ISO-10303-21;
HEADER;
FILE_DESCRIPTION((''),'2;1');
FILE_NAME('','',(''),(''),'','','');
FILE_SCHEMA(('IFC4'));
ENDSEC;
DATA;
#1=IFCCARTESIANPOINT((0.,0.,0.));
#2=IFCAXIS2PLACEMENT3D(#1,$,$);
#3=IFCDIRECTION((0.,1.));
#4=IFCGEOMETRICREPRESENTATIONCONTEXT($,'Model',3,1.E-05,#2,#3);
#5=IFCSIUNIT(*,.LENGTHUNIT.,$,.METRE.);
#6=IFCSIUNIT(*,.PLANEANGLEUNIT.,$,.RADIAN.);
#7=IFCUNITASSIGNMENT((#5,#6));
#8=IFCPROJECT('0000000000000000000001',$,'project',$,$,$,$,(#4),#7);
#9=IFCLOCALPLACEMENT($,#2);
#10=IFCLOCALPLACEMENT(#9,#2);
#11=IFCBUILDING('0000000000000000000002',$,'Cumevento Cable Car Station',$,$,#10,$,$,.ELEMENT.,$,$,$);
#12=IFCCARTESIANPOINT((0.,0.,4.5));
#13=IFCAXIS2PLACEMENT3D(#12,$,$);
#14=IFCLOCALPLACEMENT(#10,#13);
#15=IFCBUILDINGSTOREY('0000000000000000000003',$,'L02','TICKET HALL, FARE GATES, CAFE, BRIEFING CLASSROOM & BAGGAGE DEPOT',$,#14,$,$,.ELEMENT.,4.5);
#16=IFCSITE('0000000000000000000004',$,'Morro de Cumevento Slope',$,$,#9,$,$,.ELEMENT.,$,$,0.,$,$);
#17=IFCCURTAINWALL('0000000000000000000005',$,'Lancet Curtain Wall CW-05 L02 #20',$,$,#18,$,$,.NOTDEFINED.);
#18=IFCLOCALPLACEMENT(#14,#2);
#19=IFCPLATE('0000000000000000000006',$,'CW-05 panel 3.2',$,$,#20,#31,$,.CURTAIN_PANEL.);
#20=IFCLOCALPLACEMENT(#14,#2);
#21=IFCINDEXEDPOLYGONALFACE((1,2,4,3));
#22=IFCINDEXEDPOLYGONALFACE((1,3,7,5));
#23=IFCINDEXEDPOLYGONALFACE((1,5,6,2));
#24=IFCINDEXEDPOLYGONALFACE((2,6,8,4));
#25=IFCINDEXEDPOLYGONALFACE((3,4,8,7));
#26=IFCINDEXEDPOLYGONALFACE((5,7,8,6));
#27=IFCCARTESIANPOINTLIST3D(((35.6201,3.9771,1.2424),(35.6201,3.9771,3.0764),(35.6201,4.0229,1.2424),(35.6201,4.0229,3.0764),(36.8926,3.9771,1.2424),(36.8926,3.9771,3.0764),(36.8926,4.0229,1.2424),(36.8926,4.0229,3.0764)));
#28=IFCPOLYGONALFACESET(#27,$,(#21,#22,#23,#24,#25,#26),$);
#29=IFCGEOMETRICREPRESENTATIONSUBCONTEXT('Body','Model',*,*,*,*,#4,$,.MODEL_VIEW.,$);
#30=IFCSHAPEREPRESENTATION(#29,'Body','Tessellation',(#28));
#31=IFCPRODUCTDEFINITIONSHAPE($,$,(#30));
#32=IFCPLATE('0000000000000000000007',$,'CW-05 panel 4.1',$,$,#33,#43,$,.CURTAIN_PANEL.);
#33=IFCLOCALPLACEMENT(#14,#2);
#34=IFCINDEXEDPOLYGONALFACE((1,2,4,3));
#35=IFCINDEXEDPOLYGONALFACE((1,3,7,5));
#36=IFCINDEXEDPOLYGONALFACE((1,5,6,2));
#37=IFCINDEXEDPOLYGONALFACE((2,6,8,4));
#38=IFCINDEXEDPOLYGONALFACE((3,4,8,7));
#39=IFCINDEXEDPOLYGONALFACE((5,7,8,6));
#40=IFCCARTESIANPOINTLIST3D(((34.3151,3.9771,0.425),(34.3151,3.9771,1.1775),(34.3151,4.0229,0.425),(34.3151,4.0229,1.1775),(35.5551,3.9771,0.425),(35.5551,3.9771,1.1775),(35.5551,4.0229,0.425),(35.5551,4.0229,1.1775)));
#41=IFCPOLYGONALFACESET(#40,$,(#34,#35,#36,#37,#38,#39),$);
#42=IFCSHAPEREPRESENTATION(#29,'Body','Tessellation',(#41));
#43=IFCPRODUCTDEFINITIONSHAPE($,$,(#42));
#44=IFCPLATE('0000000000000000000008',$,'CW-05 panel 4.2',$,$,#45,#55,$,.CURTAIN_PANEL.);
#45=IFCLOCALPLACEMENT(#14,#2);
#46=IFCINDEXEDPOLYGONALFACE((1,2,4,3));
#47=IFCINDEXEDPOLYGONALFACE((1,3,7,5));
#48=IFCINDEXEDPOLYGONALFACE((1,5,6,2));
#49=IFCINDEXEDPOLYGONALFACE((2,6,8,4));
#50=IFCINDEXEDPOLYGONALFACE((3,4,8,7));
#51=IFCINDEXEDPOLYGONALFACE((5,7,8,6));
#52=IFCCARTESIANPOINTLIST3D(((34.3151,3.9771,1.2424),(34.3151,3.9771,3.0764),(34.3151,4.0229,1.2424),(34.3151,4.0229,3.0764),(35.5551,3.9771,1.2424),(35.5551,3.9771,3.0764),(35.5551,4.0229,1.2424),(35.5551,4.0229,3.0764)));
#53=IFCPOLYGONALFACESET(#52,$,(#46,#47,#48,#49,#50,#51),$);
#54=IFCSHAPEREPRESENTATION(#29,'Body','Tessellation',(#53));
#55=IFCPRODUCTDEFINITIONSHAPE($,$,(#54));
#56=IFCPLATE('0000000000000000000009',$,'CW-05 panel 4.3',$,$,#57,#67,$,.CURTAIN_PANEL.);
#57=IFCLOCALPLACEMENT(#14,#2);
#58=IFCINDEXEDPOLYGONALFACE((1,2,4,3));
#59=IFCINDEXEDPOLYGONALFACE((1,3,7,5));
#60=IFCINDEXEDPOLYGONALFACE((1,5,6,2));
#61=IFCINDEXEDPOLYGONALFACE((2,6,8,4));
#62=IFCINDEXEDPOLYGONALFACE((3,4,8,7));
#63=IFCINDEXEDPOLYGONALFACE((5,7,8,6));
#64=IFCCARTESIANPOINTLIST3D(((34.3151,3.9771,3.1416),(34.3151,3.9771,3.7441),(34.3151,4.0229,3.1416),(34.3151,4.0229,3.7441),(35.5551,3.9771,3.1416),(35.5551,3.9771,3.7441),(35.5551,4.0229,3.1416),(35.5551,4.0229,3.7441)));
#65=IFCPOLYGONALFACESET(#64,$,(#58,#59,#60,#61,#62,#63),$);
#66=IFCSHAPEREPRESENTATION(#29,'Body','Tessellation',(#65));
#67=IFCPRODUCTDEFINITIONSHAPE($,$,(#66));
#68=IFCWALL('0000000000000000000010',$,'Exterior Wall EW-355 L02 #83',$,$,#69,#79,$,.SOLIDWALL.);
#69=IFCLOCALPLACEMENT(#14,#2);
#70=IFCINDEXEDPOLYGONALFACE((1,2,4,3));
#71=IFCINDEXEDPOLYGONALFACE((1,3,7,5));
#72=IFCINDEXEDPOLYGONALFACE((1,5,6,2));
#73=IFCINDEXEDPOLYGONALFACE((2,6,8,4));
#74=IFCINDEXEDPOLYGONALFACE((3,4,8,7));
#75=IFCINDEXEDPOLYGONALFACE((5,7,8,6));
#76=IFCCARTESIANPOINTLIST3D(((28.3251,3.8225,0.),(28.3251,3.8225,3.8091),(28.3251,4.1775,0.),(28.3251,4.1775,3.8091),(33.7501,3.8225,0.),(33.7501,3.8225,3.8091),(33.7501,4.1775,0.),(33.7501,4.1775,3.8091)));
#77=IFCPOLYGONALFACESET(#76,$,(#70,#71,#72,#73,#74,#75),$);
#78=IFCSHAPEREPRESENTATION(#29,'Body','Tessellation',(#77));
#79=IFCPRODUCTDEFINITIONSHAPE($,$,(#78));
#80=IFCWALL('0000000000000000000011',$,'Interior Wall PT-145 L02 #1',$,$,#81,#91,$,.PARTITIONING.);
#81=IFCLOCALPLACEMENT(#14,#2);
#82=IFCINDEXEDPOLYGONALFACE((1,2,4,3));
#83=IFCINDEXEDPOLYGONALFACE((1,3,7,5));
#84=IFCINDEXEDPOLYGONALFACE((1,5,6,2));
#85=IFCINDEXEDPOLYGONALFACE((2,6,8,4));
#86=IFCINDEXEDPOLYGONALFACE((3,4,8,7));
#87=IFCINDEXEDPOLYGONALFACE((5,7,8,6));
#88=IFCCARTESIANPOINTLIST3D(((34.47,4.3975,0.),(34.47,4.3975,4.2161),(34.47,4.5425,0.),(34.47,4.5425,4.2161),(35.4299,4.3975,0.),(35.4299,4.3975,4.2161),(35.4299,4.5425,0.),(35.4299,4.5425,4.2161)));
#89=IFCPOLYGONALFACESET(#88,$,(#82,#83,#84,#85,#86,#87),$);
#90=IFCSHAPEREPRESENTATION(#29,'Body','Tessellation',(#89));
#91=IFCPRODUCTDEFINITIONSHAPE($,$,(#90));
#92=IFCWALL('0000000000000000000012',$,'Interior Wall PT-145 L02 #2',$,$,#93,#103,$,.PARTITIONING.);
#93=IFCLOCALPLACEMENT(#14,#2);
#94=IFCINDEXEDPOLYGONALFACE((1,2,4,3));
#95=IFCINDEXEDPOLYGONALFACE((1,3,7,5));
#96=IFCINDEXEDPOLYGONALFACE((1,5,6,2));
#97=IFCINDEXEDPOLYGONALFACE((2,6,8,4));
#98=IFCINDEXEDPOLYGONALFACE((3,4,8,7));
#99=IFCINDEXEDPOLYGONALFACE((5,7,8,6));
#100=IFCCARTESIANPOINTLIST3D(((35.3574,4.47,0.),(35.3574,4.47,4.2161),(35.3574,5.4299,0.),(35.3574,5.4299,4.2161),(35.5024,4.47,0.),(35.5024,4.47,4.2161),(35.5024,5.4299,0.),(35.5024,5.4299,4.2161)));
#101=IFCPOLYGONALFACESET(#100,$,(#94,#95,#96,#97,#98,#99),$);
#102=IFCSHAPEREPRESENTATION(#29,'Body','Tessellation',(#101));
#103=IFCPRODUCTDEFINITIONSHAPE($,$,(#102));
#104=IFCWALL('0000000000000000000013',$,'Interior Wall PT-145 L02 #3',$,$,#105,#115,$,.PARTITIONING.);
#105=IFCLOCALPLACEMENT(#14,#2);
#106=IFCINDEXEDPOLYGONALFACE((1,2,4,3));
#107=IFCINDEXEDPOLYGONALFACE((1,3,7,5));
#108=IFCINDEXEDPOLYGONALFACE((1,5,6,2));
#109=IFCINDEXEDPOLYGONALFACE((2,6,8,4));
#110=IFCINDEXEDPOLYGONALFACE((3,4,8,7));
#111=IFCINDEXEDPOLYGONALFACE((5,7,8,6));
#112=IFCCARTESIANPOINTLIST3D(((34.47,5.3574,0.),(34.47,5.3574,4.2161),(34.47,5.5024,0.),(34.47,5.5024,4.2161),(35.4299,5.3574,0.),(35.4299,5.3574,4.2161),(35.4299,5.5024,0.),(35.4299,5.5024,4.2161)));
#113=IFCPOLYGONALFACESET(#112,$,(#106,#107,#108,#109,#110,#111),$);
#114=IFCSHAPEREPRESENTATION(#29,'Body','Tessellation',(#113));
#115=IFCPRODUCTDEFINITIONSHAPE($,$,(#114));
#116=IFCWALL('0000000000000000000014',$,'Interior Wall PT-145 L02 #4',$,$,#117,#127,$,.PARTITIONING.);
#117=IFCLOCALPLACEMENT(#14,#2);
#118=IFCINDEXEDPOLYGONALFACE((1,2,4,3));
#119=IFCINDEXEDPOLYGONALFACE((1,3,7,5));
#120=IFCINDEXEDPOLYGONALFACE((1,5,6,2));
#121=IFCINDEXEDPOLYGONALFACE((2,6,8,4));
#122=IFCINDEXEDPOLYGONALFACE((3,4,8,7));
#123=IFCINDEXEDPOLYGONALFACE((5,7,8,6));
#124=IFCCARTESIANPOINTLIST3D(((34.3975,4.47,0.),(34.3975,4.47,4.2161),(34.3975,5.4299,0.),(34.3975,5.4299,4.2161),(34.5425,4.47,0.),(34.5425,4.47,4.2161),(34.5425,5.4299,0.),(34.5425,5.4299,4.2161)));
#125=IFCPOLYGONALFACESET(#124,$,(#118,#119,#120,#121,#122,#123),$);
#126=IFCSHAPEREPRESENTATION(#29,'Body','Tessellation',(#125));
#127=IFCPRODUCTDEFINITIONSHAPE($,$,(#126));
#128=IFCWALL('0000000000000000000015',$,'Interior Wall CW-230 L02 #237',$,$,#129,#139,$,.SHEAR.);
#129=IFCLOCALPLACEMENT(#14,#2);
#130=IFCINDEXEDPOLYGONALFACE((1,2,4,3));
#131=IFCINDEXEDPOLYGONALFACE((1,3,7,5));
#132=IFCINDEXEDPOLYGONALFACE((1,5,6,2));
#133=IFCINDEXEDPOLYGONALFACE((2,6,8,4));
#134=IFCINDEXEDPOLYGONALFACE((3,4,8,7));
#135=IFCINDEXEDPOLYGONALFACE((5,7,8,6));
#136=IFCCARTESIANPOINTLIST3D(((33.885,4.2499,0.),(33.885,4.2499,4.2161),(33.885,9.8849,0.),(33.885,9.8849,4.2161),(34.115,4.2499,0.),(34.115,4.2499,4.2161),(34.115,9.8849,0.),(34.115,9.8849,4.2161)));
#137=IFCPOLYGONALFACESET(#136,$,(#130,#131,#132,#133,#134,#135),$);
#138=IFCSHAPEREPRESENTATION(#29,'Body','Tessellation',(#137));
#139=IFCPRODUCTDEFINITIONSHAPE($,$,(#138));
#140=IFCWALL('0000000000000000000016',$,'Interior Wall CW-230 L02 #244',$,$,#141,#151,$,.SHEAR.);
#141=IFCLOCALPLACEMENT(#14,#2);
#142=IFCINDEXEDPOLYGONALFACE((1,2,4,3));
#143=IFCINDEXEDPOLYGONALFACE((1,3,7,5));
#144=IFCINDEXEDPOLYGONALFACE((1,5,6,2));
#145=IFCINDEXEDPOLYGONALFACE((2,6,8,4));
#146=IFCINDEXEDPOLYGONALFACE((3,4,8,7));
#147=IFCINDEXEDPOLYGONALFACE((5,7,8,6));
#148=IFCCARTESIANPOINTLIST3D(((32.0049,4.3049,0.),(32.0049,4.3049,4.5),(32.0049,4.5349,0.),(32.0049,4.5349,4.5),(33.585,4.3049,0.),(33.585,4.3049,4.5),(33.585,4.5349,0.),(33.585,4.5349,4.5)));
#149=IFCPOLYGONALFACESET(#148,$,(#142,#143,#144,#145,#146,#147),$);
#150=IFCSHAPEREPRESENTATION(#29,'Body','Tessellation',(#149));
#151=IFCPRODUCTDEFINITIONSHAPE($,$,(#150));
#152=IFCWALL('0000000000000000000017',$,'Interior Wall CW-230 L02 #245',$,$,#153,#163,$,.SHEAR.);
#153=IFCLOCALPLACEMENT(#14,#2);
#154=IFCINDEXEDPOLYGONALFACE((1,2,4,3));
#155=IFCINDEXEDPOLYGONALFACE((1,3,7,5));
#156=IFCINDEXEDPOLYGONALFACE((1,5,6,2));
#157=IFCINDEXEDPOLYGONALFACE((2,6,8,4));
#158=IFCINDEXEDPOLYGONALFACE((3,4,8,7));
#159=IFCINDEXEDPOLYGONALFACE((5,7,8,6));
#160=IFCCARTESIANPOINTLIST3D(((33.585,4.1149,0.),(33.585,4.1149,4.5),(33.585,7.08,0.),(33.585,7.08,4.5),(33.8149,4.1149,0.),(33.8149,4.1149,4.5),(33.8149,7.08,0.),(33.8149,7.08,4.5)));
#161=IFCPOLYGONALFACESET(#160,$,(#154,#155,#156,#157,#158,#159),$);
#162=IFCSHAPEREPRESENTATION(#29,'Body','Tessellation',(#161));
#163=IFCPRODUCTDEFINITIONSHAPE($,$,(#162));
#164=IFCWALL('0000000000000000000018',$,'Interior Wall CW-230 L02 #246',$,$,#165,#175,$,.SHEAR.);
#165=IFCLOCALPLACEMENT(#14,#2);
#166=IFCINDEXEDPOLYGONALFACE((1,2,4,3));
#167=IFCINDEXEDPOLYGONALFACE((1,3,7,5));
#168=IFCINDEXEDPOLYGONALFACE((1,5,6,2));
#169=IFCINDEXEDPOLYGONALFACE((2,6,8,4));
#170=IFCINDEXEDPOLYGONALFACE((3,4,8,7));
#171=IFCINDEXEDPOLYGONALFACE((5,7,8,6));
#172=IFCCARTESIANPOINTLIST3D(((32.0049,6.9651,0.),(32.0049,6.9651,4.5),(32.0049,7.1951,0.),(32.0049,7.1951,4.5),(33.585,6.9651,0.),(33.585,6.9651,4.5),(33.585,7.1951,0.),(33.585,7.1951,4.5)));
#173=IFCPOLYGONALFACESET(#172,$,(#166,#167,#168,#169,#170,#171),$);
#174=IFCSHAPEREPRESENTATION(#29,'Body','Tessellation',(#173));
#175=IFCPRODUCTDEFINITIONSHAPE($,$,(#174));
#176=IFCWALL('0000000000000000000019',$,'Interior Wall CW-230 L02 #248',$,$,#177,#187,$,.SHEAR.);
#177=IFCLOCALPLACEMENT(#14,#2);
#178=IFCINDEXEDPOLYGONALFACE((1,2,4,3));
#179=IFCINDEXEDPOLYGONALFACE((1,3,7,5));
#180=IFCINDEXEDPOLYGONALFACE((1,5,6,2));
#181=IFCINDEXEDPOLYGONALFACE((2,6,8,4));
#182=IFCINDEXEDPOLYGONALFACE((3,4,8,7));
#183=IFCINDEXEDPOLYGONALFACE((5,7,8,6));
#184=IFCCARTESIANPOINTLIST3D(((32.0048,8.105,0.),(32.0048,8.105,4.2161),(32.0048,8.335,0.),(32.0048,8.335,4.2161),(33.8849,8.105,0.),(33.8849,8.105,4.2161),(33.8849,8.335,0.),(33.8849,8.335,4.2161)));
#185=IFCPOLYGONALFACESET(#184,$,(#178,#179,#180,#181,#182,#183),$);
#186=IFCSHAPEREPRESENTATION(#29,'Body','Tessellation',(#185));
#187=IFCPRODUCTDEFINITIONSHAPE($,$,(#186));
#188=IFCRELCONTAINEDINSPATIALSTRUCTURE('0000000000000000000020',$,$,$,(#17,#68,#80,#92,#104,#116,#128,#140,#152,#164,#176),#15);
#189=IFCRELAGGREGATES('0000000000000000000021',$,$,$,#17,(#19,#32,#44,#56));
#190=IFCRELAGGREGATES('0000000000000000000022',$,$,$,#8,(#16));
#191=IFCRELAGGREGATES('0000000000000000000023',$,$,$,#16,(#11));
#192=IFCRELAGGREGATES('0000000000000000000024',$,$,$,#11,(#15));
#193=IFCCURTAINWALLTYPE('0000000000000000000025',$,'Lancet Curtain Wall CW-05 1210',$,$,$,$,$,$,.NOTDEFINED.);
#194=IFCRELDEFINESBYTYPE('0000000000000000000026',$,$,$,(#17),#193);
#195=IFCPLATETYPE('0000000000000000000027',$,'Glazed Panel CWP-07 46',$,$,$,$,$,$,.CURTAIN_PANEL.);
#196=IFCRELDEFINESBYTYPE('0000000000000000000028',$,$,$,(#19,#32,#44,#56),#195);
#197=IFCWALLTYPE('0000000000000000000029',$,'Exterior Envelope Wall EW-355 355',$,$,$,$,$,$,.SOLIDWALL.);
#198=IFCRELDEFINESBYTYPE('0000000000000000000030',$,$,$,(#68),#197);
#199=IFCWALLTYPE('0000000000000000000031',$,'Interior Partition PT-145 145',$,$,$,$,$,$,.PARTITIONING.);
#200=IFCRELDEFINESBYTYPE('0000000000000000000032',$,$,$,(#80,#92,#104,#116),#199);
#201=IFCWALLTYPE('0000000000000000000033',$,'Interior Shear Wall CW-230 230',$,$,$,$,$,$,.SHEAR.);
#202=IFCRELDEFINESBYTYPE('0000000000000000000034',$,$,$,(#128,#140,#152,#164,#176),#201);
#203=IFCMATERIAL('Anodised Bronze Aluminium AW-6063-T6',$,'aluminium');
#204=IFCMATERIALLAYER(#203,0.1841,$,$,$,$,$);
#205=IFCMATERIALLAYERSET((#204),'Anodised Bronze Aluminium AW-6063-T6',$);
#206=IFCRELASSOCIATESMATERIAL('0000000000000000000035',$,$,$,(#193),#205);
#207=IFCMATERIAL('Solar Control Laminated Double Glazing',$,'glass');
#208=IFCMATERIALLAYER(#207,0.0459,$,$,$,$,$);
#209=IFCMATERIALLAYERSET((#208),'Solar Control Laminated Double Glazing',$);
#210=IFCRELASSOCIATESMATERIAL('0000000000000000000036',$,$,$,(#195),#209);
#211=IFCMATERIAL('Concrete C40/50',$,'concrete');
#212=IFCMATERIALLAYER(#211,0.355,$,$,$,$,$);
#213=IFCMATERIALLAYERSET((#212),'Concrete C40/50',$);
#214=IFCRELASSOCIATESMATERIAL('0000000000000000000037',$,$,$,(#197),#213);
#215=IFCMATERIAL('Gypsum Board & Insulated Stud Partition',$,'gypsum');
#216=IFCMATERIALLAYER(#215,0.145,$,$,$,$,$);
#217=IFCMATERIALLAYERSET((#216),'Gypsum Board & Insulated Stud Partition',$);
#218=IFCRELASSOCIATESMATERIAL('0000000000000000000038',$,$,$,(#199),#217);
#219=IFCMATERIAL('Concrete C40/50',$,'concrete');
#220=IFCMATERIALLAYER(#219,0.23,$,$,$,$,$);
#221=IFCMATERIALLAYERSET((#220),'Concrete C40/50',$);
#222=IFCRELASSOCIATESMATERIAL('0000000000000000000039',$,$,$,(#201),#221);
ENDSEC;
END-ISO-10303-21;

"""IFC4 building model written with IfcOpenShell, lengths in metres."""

from ifc_helpers import new_model, si_unit, direction, frame, frame_2d, origin, origin_2d, place, context, subcontext, project, spatial, rectangle, extrude, material, layer, layer_set, type_object, element, aggregate, save


model = new_model("IFC4")

# Units and contexts
model_context = context("Model", 3, precision=1e-05, world=origin(), true_north=direction((0.0, 1.0)))
body_context = subcontext(model_context, "Body", "Model", "MODEL_VIEW")
ifc_project = project(units=[si_unit("LENGTHUNIT", "METRE"), si_unit("PLANEANGLEUNIT", "RADIAN")], contexts=[model_context])

# Site, building, storey
site_placement = place(None, origin())
site = spatial("IfcSite", under=ifc_project, at=site_placement, Name="Morro de Cumevento Slope", CompositionType="ELEMENT", RefElevation=0.0)
building_placement = place(site_placement, origin())
building = spatial("IfcBuilding", under=site, at=building_placement, Name="Cumevento Cable Car Station", CompositionType="ELEMENT")
storey_placement = place(building_placement, frame((0.0, 0.0, 4.5)))
storey = spatial("IfcBuildingStorey", under=building, at=storey_placement, Name="L02", Description="TICKET HALL, FARE GATES, CAFE, BRIEFING CLASSROOM & BAGGAGE DEPOT", CompositionType="ELEMENT", Elevation=4.5)

# Curtain wall
ifc_material_1 = material(Name="Anodised Bronze Aluminium AW-6063-T6", Category="aluminium")
ifc_layer_1 = layer(ifc_material_1, 0.1841)
ifc_layer_set_1 = layer_set([ifc_layer_1], Name="Anodised Bronze Aluminium AW-6063-T6")
curtain_wall_type = type_object("IfcCurtainWallType", Name="Lancet Curtain Wall CW-05 1210", PredefinedType="NOTDEFINED", material=ifc_layer_set_1)
curtain_wall_placement = place(storey_placement, origin())
curtain_wall = element("IfcCurtainWall", 1, at=curtain_wall_placement, inside=storey, type_object=curtain_wall_type, Name="Lancet Curtain Wall CW-05 L02 #20", PredefinedType="NOTDEFINED")

# Plates
ifc_material_2 = material(Name="Solar Control Laminated Double Glazing", Category="glass")
ifc_layer_2 = layer(ifc_material_2, 0.0459)
ifc_layer_set_2 = layer_set([ifc_layer_2], Name="Solar Control Laminated Double Glazing")
plate_type = type_object("IfcPlateType", Name="Glazed Panel CWP-07 46", PredefinedType="CURTAIN_PANEL", material=ifc_layer_set_2)
plate_1_placement = place(storey_placement, frame((36.2563, 4.0, 1.2424), z_axis=(0.0, 0.0, 1.0), x_axis=(-1.0, 0.0, 0.0)))
plate_1 = element("IfcPlate", 2, at=plate_1_placement, type_object=plate_type, Name="CW-05 panel 3.2", PredefinedType="CURTAIN_PANEL", context=body_context, shape_type="SweptSolid", body=[
    extrude(rectangle(XDim=1.2725, YDim=0.0459, at=origin_2d()), origin(), (0.0, 0.0, 1.0), 1.834),
])
plate_2_placement = place(storey_placement, frame((34.9351, 4.0, 0.425), z_axis=(0.0, 0.0, 1.0), x_axis=(-1.0, 0.0, 0.0)))
plate_2 = element("IfcPlate", 3, at=plate_2_placement, type_object=plate_type, Name="CW-05 panel 4.1", PredefinedType="CURTAIN_PANEL", context=body_context, shape_type="SweptSolid", body=[
    extrude(rectangle(XDim=1.24, YDim=0.0459, at=origin_2d()), origin(), (0.0, 0.0, 1.0), 0.7524),
])
plate_3_placement = place(storey_placement, frame((34.9351, 4.0, 1.2424), z_axis=(0.0, 0.0, 1.0), x_axis=(-1.0, 0.0, 0.0)))
plate_3 = element("IfcPlate", 4, at=plate_3_placement, type_object=plate_type, Name="CW-05 panel 4.2", PredefinedType="CURTAIN_PANEL", context=body_context, shape_type="SweptSolid", body=[
    extrude(rectangle(XDim=1.24, YDim=0.0459, at=origin_2d()), origin(), (0.0, 0.0, 1.0), 1.834),
])
plate_4_placement = place(storey_placement, frame((34.9351, 4.0, 3.1416), z_axis=(0.0, 0.0, 1.0), x_axis=(-1.0, 0.0, 0.0)))
plate_4 = element("IfcPlate", 5, at=plate_4_placement, type_object=plate_type, Name="CW-05 panel 4.3", PredefinedType="CURTAIN_PANEL", context=body_context, shape_type="SweptSolid", body=[
    extrude(rectangle(XDim=1.24, YDim=0.0459, at=origin_2d()), origin(), (0.0, 0.0, 1.0), 0.6025),
])
aggregate(curtain_wall, [plate_1, plate_2, plate_3, plate_4])

# Walls
ifc_material_3 = material(Name="Concrete C40/50", Category="concrete")
ifc_layer_3 = layer(ifc_material_3, 0.355)
ifc_layer_set_3 = layer_set([ifc_layer_3], Name="Concrete C40/50")
wall_type_1 = type_object("IfcWallType", Name="Exterior Envelope Wall EW-355 355", PredefinedType="SOLIDWALL", material=ifc_layer_set_3)
wall_1_placement = place(storey_placement, frame((33.75, 4.0, 0.0), z_axis=(0.0, 0.0, 1.0), x_axis=(-1.0, 0.0, 0.0)))
element("IfcWall", 6, at=wall_1_placement, inside=storey, type_object=wall_type_1, Name="Exterior Wall EW-355 L02 #83", PredefinedType="SOLIDWALL", context=body_context, shape_type="SweptSolid", body=[
    extrude(rectangle(XDim=5.425, YDim=0.355, at=frame_2d((2.7124, 0.0))), origin(), (0.0, 0.0, 1.0), 3.8091),
])
ifc_material_4 = material(Name="Gypsum Board & Insulated Stud Partition", Category="gypsum")
ifc_layer_4 = layer(ifc_material_4, 0.145)
ifc_layer_set_4 = layer_set([ifc_layer_4], Name="Gypsum Board & Insulated Stud Partition")
wall_type_2 = type_object("IfcWallType", Name="Interior Partition PT-145 145", PredefinedType="PARTITIONING", material=ifc_layer_set_4)
for number, where, z_axis, x_axis, name in (
    (7, (34.47, 4.47, 0.0), (0.0, 0.0, 1.0), (1.0, 0.0, 0.0), "Interior Wall PT-145 L02 #1"),
    (8, (35.4299, 4.47, 0.0), (0.0, 0.0, 1.0), (0.0, 1.0, 0.0), "Interior Wall PT-145 L02 #2"),
    (9, (35.4299, 5.4299, 0.0), (0.0, 0.0, 1.0), (-1.0, 0.0, 0.0), "Interior Wall PT-145 L02 #3"),
    (10, (34.47, 5.4299, 0.0), (0.0, 0.0, 1.0), (0.0, -1.0, 0.0), "Interior Wall PT-145 L02 #4"),
):
    element("IfcWall", number, at=place(storey_placement, frame(where, z_axis=z_axis, x_axis=x_axis)), inside=storey, type_object=wall_type_2, Name=name, PredefinedType="PARTITIONING", context=body_context, shape_type="SweptSolid", body=[
        extrude(rectangle(XDim=0.96, YDim=0.145, at=frame_2d((0.48, 0.0))), origin(), (0.0, 0.0, 1.0), 4.2161),
    ])
ifc_material_5 = material(Name="Concrete C40/50", Category="concrete")
ifc_layer_5 = layer(ifc_material_5, 0.23)
ifc_layer_set_5 = layer_set([ifc_layer_5], Name="Concrete C40/50")
wall_type_3 = type_object("IfcWallType", Name="Interior Shear Wall CW-230 230", PredefinedType="SHEAR", material=ifc_layer_set_5)
wall_2_placement = place(storey_placement, frame((34.0, 4.25, 0.0), z_axis=(0.0, 0.0, 1.0), x_axis=(0.0, 1.0, 0.0)))
element("IfcWall", 11, at=wall_2_placement, inside=storey, type_object=wall_type_3, Name="Interior Wall CW-230 L02 #237", PredefinedType="SHEAR", context=body_context, shape_type="SweptSolid", body=[
    extrude(rectangle(XDim=5.635, YDim=0.23, at=frame_2d((2.8174, 0.0))), origin(), (0.0, 0.0, 1.0), 4.2161),
])
wall_3_placement = place(storey_placement, frame((32.0049, 4.4199, 0.0), z_axis=(0.0, 0.0, 1.0), x_axis=(1.0, 0.0, 0.0)))
element("IfcWall", 12, at=wall_3_placement, inside=storey, type_object=wall_type_3, Name="Interior Wall CW-230 L02 #244", PredefinedType="SHEAR", context=body_context, shape_type="SweptSolid", body=[
    extrude(rectangle(XDim=1.5801, YDim=0.23, at=frame_2d((0.79, 0.0))), origin(), (0.0, 0.0, 1.0), 4.5),
])
wall_4_placement = place(storey_placement, frame((33.7, 4.115, 0.0), z_axis=(0.0, 0.0, 1.0), x_axis=(0.0, 1.0, 0.0)))
element("IfcWall", 13, at=wall_4_placement, inside=storey, type_object=wall_type_3, Name="Interior Wall CW-230 L02 #245", PredefinedType="SHEAR", context=body_context, shape_type="SweptSolid", body=[
    extrude(rectangle(XDim=2.9651, YDim=0.23, at=frame_2d((1.4824, 0.0))), origin(), (0.0, 0.0, 1.0), 4.5),
])
wall_5_placement = place(storey_placement, frame((32.0049, 7.0801, 0.0), z_axis=(0.0, 0.0, 1.0), x_axis=(1.0, 0.0, 0.0)))
element("IfcWall", 14, at=wall_5_placement, inside=storey, type_object=wall_type_3, Name="Interior Wall CW-230 L02 #246", PredefinedType="SHEAR", context=body_context, shape_type="SweptSolid", body=[
    extrude(rectangle(XDim=1.5801, YDim=0.23, at=frame_2d((0.79, 0.0))), origin(), (0.0, 0.0, 1.0), 4.5),
])
wall_6_placement = place(storey_placement, frame((32.0049, 8.22, 0.0), z_axis=(0.0, 0.0, 1.0), x_axis=(1.0, 0.0, 0.0)))
element("IfcWall", 15, at=wall_6_placement, inside=storey, type_object=wall_type_3, Name="Interior Wall CW-230 L02 #248", PredefinedType="SHEAR", context=body_context, shape_type="SweptSolid", body=[
    extrude(rectangle(XDim=1.8801, YDim=0.23, at=frame_2d((0.9399, 0.0))), origin(), (0.0, 0.0, 1.0), 4.2161),
])

save(model, "model.ifc")
